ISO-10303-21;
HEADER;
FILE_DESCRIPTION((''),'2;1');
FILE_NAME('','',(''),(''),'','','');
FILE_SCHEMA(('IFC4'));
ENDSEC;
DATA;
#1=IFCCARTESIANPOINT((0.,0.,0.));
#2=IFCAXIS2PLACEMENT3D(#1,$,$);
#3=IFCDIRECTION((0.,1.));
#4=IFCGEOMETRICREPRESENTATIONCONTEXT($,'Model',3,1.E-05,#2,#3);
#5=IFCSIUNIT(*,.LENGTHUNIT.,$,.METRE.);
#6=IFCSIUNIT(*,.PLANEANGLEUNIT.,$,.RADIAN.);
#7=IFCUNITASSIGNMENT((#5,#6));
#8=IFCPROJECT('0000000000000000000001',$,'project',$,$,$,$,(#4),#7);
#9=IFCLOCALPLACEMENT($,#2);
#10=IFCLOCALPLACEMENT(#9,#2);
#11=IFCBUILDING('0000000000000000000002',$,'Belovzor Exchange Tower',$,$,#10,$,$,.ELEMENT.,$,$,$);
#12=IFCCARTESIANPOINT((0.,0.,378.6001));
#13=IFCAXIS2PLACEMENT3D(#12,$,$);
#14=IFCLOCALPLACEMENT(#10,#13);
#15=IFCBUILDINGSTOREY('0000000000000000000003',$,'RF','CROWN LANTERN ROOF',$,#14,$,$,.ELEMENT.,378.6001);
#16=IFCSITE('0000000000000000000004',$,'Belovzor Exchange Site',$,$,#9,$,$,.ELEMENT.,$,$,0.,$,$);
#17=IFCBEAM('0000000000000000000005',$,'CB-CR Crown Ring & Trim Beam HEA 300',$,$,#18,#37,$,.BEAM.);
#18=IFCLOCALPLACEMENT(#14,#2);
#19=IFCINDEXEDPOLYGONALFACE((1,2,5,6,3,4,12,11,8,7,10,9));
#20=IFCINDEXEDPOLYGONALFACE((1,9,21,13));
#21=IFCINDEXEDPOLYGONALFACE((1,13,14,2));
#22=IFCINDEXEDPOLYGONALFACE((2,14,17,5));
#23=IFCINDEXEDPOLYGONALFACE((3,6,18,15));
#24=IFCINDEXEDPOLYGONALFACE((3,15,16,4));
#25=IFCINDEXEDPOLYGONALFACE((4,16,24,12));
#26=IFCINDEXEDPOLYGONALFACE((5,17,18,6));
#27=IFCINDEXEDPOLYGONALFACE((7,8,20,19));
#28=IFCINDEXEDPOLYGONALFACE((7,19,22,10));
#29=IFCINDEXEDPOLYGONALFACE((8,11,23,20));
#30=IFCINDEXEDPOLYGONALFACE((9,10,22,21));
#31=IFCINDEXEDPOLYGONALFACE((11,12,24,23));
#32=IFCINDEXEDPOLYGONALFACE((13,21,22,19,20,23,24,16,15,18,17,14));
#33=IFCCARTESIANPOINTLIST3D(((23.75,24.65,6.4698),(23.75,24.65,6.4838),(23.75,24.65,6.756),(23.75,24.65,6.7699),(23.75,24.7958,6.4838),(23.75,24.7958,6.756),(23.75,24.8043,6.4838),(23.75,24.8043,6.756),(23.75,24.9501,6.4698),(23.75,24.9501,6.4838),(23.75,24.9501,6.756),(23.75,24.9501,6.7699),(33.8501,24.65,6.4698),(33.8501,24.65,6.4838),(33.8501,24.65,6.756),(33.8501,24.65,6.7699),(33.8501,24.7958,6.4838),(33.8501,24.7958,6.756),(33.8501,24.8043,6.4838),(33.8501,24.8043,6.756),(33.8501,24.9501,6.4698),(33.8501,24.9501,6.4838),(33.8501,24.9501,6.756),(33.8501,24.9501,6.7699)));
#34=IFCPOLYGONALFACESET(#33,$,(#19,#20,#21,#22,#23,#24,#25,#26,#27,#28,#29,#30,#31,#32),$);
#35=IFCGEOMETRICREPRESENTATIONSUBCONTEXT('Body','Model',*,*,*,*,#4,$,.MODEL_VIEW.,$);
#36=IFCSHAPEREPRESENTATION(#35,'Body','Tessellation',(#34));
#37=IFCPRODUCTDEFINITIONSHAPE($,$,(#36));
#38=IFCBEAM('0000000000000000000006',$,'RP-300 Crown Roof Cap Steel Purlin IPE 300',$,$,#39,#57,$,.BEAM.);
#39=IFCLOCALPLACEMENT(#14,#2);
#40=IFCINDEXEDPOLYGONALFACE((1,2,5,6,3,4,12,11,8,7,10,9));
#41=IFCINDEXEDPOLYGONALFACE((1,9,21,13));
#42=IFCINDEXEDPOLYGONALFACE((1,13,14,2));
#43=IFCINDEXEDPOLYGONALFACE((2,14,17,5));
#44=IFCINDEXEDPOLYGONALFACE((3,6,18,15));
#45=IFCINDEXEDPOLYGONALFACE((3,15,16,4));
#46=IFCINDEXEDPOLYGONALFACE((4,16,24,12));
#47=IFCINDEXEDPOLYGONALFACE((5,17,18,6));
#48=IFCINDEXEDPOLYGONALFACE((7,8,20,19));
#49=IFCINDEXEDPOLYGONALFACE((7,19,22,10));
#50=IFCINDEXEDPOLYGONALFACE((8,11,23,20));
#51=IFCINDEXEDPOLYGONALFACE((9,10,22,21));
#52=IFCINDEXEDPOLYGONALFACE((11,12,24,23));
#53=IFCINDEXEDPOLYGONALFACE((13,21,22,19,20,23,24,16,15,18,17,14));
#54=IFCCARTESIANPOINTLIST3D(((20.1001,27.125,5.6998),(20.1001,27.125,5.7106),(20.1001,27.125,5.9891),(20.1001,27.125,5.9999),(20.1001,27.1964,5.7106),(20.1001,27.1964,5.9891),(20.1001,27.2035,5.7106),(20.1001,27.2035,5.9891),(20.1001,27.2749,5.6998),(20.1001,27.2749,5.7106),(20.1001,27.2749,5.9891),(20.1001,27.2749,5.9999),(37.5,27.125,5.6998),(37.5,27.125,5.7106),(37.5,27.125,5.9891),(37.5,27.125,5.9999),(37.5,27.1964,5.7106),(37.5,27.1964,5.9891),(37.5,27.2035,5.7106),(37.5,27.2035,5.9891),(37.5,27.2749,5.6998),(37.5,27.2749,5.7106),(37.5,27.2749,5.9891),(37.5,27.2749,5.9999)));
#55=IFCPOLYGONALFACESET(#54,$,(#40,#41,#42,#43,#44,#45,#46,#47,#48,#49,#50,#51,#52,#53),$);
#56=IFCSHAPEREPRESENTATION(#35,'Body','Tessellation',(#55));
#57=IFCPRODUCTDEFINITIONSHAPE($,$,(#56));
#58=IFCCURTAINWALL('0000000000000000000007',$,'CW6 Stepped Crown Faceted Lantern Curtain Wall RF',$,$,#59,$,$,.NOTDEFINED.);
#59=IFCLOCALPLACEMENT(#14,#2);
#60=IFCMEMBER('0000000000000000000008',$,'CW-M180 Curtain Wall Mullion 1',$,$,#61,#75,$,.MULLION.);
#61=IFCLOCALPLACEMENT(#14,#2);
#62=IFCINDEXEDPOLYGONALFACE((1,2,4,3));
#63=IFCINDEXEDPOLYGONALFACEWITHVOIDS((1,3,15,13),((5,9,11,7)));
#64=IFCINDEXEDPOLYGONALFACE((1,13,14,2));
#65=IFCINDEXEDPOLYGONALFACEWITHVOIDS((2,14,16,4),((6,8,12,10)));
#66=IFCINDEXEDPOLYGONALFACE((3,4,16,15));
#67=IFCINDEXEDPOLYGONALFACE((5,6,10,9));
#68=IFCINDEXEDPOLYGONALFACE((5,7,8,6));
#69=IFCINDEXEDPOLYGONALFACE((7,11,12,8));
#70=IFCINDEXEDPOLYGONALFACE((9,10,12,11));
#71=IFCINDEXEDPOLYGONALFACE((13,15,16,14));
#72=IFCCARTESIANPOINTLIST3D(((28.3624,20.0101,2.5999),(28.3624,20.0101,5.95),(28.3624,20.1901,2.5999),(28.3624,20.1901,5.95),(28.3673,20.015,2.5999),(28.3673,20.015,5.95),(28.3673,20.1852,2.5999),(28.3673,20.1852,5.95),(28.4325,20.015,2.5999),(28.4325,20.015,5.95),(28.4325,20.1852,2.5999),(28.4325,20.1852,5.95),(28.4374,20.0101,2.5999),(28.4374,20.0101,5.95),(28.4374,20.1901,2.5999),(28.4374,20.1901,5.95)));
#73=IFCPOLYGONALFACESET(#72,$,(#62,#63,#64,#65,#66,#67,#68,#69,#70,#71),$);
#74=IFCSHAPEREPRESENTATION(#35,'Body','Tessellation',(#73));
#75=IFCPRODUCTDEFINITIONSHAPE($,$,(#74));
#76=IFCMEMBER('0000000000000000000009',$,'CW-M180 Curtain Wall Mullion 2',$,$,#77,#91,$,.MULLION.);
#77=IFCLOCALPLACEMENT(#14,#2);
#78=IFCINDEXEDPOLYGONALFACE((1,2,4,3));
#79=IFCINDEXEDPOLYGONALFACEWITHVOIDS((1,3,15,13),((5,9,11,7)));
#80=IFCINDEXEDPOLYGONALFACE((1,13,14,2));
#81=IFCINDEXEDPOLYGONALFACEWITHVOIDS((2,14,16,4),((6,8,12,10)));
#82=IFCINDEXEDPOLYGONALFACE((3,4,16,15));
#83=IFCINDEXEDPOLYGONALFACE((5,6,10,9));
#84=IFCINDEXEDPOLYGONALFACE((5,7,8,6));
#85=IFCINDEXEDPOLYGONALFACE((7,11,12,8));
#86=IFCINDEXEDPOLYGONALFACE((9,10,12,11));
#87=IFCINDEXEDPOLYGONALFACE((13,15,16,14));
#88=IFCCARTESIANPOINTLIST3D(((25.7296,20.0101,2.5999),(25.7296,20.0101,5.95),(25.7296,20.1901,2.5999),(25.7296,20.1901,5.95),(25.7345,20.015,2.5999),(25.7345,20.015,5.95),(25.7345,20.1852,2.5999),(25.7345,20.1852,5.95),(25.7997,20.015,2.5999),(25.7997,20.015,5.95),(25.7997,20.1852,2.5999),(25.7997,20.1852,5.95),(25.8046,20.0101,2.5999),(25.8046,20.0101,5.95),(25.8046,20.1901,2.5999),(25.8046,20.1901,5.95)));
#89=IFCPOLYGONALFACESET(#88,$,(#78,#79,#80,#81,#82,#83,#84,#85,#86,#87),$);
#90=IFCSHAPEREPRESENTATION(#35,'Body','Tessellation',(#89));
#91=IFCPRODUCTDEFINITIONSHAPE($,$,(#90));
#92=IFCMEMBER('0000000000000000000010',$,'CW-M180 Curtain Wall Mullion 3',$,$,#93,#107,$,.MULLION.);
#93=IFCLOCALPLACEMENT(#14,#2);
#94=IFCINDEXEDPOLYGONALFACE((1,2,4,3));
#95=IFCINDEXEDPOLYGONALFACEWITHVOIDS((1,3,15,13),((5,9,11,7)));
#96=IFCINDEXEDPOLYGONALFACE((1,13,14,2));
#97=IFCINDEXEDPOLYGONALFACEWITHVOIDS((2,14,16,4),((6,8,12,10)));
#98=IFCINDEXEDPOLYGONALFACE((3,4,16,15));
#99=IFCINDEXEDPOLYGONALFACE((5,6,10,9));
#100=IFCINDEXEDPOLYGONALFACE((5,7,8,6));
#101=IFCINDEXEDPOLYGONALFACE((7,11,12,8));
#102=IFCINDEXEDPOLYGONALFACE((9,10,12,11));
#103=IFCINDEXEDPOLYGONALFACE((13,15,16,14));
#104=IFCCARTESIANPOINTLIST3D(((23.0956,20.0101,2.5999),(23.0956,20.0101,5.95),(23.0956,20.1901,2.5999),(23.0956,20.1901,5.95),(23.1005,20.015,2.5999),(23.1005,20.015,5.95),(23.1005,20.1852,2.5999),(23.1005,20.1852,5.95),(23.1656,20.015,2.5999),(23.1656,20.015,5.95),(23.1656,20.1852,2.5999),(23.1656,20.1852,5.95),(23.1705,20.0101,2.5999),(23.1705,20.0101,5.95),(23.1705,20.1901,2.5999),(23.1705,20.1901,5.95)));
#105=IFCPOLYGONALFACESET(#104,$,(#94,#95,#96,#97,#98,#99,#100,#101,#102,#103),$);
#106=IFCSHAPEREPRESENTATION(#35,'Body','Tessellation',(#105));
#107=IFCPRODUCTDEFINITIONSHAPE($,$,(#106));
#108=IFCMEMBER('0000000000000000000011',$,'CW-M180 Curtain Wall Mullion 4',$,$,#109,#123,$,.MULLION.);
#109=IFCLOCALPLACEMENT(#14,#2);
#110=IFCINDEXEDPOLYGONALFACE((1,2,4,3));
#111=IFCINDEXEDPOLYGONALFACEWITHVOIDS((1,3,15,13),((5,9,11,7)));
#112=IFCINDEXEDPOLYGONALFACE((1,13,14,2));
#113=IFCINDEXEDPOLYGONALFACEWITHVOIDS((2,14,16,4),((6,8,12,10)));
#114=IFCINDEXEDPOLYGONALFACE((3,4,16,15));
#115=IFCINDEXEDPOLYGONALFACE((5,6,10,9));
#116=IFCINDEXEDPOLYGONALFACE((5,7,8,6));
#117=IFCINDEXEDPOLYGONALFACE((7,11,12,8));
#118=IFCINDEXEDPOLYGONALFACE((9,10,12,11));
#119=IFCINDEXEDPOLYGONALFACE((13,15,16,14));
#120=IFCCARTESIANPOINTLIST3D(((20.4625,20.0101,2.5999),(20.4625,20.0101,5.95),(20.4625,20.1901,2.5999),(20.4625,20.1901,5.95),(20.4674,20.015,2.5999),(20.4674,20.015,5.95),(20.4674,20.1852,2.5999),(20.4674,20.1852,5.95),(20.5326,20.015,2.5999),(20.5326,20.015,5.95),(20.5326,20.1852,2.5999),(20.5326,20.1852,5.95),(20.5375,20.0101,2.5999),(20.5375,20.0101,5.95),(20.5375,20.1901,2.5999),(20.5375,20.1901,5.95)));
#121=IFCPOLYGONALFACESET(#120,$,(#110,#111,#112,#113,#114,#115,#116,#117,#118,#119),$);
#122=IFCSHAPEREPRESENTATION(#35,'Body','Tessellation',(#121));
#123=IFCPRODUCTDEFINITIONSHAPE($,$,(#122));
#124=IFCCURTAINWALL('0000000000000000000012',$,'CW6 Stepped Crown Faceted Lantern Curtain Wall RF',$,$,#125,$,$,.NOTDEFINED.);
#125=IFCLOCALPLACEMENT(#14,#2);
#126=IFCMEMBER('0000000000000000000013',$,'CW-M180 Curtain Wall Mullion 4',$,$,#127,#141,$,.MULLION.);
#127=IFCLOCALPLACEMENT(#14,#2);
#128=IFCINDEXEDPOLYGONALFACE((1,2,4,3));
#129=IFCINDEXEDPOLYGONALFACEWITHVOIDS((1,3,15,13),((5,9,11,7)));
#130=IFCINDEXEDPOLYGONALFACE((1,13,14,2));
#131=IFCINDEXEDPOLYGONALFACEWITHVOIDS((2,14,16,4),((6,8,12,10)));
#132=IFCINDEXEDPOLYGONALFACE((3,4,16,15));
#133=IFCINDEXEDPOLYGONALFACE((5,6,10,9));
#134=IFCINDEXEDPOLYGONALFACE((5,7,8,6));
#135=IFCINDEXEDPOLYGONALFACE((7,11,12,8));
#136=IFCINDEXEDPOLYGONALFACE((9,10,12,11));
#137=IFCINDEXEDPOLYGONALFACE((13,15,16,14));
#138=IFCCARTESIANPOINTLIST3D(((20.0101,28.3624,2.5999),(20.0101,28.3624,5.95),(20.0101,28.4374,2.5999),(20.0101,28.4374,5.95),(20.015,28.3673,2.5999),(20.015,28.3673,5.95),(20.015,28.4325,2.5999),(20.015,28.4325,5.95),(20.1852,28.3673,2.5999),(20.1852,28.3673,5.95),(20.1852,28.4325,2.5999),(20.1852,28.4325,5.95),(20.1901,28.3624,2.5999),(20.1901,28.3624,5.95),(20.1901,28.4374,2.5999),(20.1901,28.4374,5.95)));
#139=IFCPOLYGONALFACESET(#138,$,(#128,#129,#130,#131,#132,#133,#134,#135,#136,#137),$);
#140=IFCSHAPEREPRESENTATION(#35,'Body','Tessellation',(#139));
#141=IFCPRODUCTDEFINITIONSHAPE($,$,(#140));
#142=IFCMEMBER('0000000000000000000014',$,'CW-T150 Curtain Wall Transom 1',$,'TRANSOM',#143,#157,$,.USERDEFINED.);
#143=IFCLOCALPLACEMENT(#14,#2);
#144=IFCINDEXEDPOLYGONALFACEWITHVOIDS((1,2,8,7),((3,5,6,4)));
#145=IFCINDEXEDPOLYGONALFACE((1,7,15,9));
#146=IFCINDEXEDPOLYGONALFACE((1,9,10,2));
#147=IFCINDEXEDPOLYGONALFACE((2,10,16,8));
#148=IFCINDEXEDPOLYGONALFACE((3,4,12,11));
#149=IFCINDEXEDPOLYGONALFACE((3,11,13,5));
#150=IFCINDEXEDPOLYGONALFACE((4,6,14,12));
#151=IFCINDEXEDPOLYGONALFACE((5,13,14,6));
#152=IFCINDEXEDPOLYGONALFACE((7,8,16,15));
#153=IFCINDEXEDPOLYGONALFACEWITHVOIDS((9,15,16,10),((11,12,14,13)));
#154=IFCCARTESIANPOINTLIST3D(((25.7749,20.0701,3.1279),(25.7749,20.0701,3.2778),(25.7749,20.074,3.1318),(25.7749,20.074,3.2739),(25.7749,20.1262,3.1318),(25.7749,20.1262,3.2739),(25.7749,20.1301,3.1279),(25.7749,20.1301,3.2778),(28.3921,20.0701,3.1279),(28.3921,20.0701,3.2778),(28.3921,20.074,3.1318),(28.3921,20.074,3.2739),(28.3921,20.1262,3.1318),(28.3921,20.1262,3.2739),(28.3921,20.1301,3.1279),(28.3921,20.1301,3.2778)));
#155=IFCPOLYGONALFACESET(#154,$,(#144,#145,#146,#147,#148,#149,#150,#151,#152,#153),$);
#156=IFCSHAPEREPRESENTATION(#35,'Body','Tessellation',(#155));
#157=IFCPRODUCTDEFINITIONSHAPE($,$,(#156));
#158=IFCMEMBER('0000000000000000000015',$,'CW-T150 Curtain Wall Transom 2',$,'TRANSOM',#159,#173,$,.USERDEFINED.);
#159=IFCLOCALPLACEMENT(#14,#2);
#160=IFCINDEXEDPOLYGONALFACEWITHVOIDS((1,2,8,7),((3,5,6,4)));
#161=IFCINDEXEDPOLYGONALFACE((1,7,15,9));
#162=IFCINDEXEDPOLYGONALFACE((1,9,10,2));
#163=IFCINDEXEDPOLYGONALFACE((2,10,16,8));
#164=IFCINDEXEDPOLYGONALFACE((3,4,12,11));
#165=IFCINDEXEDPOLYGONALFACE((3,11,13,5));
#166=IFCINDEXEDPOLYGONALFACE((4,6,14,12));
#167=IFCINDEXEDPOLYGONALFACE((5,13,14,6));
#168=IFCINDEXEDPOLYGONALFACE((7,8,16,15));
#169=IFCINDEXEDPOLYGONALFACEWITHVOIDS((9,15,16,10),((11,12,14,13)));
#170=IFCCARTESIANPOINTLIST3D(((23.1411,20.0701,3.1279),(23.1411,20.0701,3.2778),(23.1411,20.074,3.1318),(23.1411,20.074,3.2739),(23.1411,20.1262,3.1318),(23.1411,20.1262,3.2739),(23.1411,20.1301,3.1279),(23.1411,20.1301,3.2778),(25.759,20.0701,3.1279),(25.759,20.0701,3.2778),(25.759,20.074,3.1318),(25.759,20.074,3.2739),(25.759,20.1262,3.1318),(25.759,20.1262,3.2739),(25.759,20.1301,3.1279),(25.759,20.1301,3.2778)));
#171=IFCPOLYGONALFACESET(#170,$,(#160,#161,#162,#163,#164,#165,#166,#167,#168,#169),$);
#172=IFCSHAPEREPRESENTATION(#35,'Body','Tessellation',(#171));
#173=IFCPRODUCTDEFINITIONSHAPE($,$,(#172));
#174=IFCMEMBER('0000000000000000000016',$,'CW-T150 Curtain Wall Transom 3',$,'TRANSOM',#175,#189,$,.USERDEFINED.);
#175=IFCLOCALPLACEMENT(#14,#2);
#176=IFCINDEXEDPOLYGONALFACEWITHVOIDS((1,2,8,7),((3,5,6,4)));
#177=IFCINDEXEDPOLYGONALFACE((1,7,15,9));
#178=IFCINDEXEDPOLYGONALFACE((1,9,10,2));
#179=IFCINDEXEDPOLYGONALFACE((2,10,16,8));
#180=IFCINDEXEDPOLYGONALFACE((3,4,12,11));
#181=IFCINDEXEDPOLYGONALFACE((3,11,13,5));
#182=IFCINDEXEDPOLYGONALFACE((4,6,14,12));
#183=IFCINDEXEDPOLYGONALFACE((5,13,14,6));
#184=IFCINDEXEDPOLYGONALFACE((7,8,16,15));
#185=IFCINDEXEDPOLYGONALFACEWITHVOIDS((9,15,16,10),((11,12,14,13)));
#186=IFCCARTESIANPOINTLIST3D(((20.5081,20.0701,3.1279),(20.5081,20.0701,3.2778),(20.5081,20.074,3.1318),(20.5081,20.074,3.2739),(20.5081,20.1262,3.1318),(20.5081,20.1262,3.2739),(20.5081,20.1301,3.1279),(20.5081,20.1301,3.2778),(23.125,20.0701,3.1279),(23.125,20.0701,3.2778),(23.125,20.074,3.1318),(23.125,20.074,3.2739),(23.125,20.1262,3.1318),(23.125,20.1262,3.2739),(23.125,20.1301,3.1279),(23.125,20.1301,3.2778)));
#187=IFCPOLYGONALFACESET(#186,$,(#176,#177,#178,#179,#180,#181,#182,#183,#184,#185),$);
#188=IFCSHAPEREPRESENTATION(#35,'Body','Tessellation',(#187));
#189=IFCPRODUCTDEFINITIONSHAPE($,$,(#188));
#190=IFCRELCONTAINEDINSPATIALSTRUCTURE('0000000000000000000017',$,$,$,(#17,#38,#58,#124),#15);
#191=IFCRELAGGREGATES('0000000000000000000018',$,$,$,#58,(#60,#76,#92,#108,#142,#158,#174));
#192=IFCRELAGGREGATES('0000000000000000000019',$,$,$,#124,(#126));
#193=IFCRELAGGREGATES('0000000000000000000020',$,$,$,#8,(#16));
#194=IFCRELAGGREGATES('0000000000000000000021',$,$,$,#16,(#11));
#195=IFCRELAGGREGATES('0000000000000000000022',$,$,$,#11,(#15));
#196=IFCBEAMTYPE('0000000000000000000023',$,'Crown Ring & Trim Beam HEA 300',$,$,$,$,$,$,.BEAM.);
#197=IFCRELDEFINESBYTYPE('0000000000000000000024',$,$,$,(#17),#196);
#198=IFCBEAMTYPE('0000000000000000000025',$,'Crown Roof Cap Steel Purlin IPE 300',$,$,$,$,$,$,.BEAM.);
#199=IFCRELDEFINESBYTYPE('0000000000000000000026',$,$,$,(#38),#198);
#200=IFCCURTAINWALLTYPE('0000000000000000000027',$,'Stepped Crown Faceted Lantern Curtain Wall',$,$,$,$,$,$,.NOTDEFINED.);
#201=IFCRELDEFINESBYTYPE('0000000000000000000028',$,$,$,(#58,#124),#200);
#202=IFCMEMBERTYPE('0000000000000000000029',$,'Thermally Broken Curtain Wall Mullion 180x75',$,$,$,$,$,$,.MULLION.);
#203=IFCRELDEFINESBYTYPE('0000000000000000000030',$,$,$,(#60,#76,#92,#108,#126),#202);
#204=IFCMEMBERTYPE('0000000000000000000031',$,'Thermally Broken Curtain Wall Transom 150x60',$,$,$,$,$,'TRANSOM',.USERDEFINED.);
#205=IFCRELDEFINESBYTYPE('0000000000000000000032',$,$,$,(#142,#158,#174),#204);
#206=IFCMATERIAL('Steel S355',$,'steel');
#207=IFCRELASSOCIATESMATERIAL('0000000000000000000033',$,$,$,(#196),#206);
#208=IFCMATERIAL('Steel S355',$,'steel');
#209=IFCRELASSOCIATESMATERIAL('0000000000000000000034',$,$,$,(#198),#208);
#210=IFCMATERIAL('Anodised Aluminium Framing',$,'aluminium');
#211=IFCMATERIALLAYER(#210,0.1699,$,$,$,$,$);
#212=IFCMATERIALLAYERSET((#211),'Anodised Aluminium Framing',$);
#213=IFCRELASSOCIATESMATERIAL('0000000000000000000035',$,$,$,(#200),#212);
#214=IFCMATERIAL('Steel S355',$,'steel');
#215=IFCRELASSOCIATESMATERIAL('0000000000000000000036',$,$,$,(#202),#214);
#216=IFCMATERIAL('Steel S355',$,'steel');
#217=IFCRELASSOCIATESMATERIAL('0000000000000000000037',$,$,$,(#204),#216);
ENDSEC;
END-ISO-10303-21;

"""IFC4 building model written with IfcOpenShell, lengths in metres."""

from ifc_helpers import new_model, si_unit, direction, frame, origin, origin_2d, place, context, subcontext, project, spatial, hollow_rectangle, i_section, extrude, material, layer, layer_set, material_profile, profile_set, type_object, element, aggregate, save


model = new_model("IFC4")

# Units and contexts
model_context = context("Model", 3, precision=1e-05, world=origin(), true_north=direction((0.0, 1.0)))
body_context = subcontext(model_context, "Body", "Model", "MODEL_VIEW")
ifc_project = project(units=[si_unit("LENGTHUNIT", "METRE"), si_unit("PLANEANGLEUNIT", "RADIAN")], contexts=[model_context])

# Site, building, storey
site_placement = place(None, origin())
site = spatial("IfcSite", under=ifc_project, at=site_placement, Name="Belovzor Exchange Site", CompositionType="ELEMENT", RefElevation=0.0)
building_placement = place(site_placement, origin())
building = spatial("IfcBuilding", under=site, at=building_placement, Name="Belovzor Exchange Tower", CompositionType="ELEMENT")
storey_placement = place(building_placement, frame((0.0, 0.0, 378.6001)))
storey = spatial("IfcBuildingStorey", under=building, at=storey_placement, Name="RF", Description="CROWN LANTERN ROOF", CompositionType="ELEMENT", Elevation=378.6001)

# Beams
ifc_material_1 = material(Name="Steel S355", Category="steel")
ifc_material_profile_1 = material_profile(ifc_material_1, i_section(OverallWidth=0.3, OverallDepth=0.3, WebThickness=0.0085, FlangeThickness=0.0139, at=origin_2d()))
ifc_profile_set_1 = profile_set([ifc_material_profile_1], Name="Steel S355")
beam_type_1 = type_object("IfcBeamType", Name="Crown Ring & Trim Beam HEA 300", PredefinedType="BEAM", material=ifc_profile_set_1)
beam_1_placement = place(storey_placement, frame((23.75, 24.8, 6.6199), z_axis=(1.0, 0.0, 0.0), x_axis=(0.0, 1.0, 0.0)))
element("IfcBeam", 1, at=beam_1_placement, inside=storey, type_object=beam_type_1, Name="CB-CR Crown Ring & Trim Beam HEA 300", PredefinedType="BEAM", context=body_context, shape_type="SweptSolid", body=[
    extrude(i_section(OverallWidth=0.3, OverallDepth=0.3, WebThickness=0.0085, FlangeThickness=0.0139, at=origin_2d()), origin(), (0.0, 0.0, 1.0), 10.1001),
])
ifc_material_2 = material(Name="Steel S355", Category="steel")
ifc_material_profile_2 = material_profile(ifc_material_2, i_section(OverallWidth=0.1499, OverallDepth=0.3, WebThickness=0.0071, FlangeThickness=0.0107, at=origin_2d()))
ifc_profile_set_2 = profile_set([ifc_material_profile_2], Name="Steel S355")
beam_type_2 = type_object("IfcBeamType", Name="Crown Roof Cap Steel Purlin IPE 300", PredefinedType="BEAM", material=ifc_profile_set_2)
beam_2_placement = place(storey_placement, frame((20.1001, 27.2, 5.8499), z_axis=(1.0, 0.0, 0.0), x_axis=(0.0, 1.0, 0.0)))
element("IfcBeam", 2, at=beam_2_placement, inside=storey, type_object=beam_type_2, Name="RP-300 Crown Roof Cap Steel Purlin IPE 300", PredefinedType="BEAM", context=body_context, shape_type="SweptSolid", body=[
    extrude(i_section(OverallWidth=0.1499, OverallDepth=0.3, WebThickness=0.0071, FlangeThickness=0.0107, at=origin_2d()), origin(), (0.0, 0.0, 1.0), 17.3999),
])

# Curtain wall, members
ifc_material_3 = material(Name="Anodised Aluminium Framing", Category="aluminium")
ifc_layer_1 = layer(ifc_material_3, 0.1699)
ifc_layer_set_1 = layer_set([ifc_layer_1], Name="Anodised Aluminium Framing")
curtain_wall_type = type_object("IfcCurtainWallType", Name="Stepped Crown Faceted Lantern Curtain Wall", PredefinedType="NOTDEFINED", material=ifc_layer_set_1)
curtain_wall_1_placement = place(storey_placement, origin())
curtain_wall_1 = element("IfcCurtainWall", 3, at=curtain_wall_1_placement, inside=storey, type_object=curtain_wall_type, Name="CW6 Stepped Crown Faceted Lantern Curtain Wall RF", PredefinedType="NOTDEFINED")
ifc_material_4 = material(Name="Steel S355", Category="steel")
ifc_material_profile_3 = material_profile(ifc_material_4, hollow_rectangle(XDim=0.075, YDim=0.1799, WallThickness=0.0049, at=origin_2d()))
ifc_profile_set_3 = profile_set([ifc_material_profile_3], Name="Steel S355")
member_type_1 = type_object("IfcMemberType", Name="Thermally Broken Curtain Wall Mullion 180x75", PredefinedType="MULLION", material=ifc_profile_set_3)
member_1_placement = place(storey_placement, frame((28.3999, 20.1001, 2.5999), z_axis=(0.0, 0.0, 1.0), x_axis=(-1.0, 0.0, 0.0)))
member_1 = element("IfcMember", 4, at=member_1_placement, type_object=member_type_1, Name="CW-M180 Curtain Wall Mullion 1", PredefinedType="MULLION", context=body_context, shape_type="SweptSolid", body=[
    extrude(hollow_rectangle(XDim=0.075, YDim=0.1799, WallThickness=0.0049, at=origin_2d()), origin(), (0.0, 0.0, 1.0), 3.3501),
])
member_2_placement = place(storey_placement, frame((25.7671, 20.1001, 2.5999), z_axis=(0.0, 0.0, 1.0), x_axis=(-1.0, 0.0, 0.0)))
member_2 = element("IfcMember", 5, at=member_2_placement, type_object=member_type_1, Name="CW-M180 Curtain Wall Mullion 2", PredefinedType="MULLION", context=body_context, shape_type="SweptSolid", body=[
    extrude(hollow_rectangle(XDim=0.075, YDim=0.1799, WallThickness=0.0049, at=origin_2d()), origin(), (0.0, 0.0, 1.0), 3.3501),
])
member_3_placement = place(storey_placement, frame((23.1331, 20.1001, 2.5999), z_axis=(0.0, 0.0, 1.0), x_axis=(-1.0, 0.0, 0.0)))
member_3 = element("IfcMember", 6, at=member_3_placement, type_object=member_type_1, Name="CW-M180 Curtain Wall Mullion 3", PredefinedType="MULLION", context=body_context, shape_type="SweptSolid", body=[
    extrude(hollow_rectangle(XDim=0.075, YDim=0.1799, WallThickness=0.0049, at=origin_2d()), origin(), (0.0, 0.0, 1.0), 3.3501),
])
member_4_placement = place(storey_placement, frame((20.5, 20.1001, 2.5999), z_axis=(0.0, 0.0, 1.0), x_axis=(-1.0, 0.0, 0.0)))
member_4 = element("IfcMember", 7, at=member_4_placement, type_object=member_type_1, Name="CW-M180 Curtain Wall Mullion 4", PredefinedType="MULLION", context=body_context, shape_type="SweptSolid", body=[
    extrude(hollow_rectangle(XDim=0.075, YDim=0.1799, WallThickness=0.0049, at=origin_2d()), origin(), (0.0, 0.0, 1.0), 3.3501),
])

# Curtain wall, member
curtain_wall_2_placement = place(storey_placement, origin())
curtain_wall_2 = element("IfcCurtainWall", 8, at=curtain_wall_2_placement, inside=storey, type_object=curtain_wall_type, Name="CW6 Stepped Crown Faceted Lantern Curtain Wall RF", PredefinedType="NOTDEFINED")
member_5_placement = place(storey_placement, frame((20.1001, 28.3999, 2.5999), z_axis=(0.0, 0.0, 1.0), x_axis=(0.0, 1.0, 0.0)))
member_5 = element("IfcMember", 9, at=member_5_placement, type_object=member_type_1, Name="CW-M180 Curtain Wall Mullion 4", PredefinedType="MULLION", context=body_context, shape_type="SweptSolid", body=[
    extrude(hollow_rectangle(XDim=0.075, YDim=0.1799, WallThickness=0.0049, at=origin_2d()), origin(), (0.0, 0.0, 1.0), 3.3501),
])

# Members
ifc_material_5 = material(Name="Steel S355", Category="steel")
ifc_material_profile_4 = material_profile(ifc_material_5, hollow_rectangle(XDim=0.0601, YDim=0.1499, WallThickness=0.0039, at=origin_2d()))
ifc_profile_set_4 = profile_set([ifc_material_profile_4], Name="Steel S355")
member_type_2 = type_object("IfcMemberType", Name="Thermally Broken Curtain Wall Transom 150x60", ElementType="TRANSOM", PredefinedType="USERDEFINED", material=ifc_profile_set_4)
member_6_placement = place(storey_placement, frame((28.3921, 20.1001, 3.2029), z_axis=(-1.0, 0.0, 0.0), x_axis=(0.0, -1.0, 0.0)))
member_6 = element("IfcMember", 10, at=member_6_placement, type_object=member_type_2, Name="CW-T150 Curtain Wall Transom 1", ObjectType="TRANSOM", PredefinedType="USERDEFINED", context=body_context, shape_type="SweptSolid", body=[
    extrude(hollow_rectangle(XDim=0.0601, YDim=0.1499, WallThickness=0.0039, at=origin_2d()), origin(), (0.0, 0.0, 1.0), 2.6172),
])
member_7_placement = place(storey_placement, frame((25.759, 20.1001, 3.2029), z_axis=(-1.0, 0.0, 0.0), x_axis=(0.0, -1.0, 0.0)))
member_7 = element("IfcMember", 11, at=member_7_placement, type_object=member_type_2, Name="CW-T150 Curtain Wall Transom 2", ObjectType="TRANSOM", PredefinedType="USERDEFINED", context=body_context, shape_type="SweptSolid", body=[
    extrude(hollow_rectangle(XDim=0.0601, YDim=0.1499, WallThickness=0.0039, at=origin_2d()), origin(), (0.0, 0.0, 1.0), 2.6179),
])
member_8_placement = place(storey_placement, frame((23.125, 20.1001, 3.2029), z_axis=(-1.0, 0.0, 0.0), x_axis=(0.0, -1.0, 0.0)))
member_8 = element("IfcMember", 12, at=member_8_placement, type_object=member_type_2, Name="CW-T150 Curtain Wall Transom 3", ObjectType="TRANSOM", PredefinedType="USERDEFINED", context=body_context, shape_type="SweptSolid", body=[
    extrude(hollow_rectangle(XDim=0.0601, YDim=0.1499, WallThickness=0.0039, at=origin_2d()), origin(), (0.0, 0.0, 1.0), 2.6169),
])

aggregate(curtain_wall_1, [member_1, member_2, member_3, member_4, member_6, member_7, member_8])
aggregate(curtain_wall_2, [member_5])

save(model, "model.ifc")
